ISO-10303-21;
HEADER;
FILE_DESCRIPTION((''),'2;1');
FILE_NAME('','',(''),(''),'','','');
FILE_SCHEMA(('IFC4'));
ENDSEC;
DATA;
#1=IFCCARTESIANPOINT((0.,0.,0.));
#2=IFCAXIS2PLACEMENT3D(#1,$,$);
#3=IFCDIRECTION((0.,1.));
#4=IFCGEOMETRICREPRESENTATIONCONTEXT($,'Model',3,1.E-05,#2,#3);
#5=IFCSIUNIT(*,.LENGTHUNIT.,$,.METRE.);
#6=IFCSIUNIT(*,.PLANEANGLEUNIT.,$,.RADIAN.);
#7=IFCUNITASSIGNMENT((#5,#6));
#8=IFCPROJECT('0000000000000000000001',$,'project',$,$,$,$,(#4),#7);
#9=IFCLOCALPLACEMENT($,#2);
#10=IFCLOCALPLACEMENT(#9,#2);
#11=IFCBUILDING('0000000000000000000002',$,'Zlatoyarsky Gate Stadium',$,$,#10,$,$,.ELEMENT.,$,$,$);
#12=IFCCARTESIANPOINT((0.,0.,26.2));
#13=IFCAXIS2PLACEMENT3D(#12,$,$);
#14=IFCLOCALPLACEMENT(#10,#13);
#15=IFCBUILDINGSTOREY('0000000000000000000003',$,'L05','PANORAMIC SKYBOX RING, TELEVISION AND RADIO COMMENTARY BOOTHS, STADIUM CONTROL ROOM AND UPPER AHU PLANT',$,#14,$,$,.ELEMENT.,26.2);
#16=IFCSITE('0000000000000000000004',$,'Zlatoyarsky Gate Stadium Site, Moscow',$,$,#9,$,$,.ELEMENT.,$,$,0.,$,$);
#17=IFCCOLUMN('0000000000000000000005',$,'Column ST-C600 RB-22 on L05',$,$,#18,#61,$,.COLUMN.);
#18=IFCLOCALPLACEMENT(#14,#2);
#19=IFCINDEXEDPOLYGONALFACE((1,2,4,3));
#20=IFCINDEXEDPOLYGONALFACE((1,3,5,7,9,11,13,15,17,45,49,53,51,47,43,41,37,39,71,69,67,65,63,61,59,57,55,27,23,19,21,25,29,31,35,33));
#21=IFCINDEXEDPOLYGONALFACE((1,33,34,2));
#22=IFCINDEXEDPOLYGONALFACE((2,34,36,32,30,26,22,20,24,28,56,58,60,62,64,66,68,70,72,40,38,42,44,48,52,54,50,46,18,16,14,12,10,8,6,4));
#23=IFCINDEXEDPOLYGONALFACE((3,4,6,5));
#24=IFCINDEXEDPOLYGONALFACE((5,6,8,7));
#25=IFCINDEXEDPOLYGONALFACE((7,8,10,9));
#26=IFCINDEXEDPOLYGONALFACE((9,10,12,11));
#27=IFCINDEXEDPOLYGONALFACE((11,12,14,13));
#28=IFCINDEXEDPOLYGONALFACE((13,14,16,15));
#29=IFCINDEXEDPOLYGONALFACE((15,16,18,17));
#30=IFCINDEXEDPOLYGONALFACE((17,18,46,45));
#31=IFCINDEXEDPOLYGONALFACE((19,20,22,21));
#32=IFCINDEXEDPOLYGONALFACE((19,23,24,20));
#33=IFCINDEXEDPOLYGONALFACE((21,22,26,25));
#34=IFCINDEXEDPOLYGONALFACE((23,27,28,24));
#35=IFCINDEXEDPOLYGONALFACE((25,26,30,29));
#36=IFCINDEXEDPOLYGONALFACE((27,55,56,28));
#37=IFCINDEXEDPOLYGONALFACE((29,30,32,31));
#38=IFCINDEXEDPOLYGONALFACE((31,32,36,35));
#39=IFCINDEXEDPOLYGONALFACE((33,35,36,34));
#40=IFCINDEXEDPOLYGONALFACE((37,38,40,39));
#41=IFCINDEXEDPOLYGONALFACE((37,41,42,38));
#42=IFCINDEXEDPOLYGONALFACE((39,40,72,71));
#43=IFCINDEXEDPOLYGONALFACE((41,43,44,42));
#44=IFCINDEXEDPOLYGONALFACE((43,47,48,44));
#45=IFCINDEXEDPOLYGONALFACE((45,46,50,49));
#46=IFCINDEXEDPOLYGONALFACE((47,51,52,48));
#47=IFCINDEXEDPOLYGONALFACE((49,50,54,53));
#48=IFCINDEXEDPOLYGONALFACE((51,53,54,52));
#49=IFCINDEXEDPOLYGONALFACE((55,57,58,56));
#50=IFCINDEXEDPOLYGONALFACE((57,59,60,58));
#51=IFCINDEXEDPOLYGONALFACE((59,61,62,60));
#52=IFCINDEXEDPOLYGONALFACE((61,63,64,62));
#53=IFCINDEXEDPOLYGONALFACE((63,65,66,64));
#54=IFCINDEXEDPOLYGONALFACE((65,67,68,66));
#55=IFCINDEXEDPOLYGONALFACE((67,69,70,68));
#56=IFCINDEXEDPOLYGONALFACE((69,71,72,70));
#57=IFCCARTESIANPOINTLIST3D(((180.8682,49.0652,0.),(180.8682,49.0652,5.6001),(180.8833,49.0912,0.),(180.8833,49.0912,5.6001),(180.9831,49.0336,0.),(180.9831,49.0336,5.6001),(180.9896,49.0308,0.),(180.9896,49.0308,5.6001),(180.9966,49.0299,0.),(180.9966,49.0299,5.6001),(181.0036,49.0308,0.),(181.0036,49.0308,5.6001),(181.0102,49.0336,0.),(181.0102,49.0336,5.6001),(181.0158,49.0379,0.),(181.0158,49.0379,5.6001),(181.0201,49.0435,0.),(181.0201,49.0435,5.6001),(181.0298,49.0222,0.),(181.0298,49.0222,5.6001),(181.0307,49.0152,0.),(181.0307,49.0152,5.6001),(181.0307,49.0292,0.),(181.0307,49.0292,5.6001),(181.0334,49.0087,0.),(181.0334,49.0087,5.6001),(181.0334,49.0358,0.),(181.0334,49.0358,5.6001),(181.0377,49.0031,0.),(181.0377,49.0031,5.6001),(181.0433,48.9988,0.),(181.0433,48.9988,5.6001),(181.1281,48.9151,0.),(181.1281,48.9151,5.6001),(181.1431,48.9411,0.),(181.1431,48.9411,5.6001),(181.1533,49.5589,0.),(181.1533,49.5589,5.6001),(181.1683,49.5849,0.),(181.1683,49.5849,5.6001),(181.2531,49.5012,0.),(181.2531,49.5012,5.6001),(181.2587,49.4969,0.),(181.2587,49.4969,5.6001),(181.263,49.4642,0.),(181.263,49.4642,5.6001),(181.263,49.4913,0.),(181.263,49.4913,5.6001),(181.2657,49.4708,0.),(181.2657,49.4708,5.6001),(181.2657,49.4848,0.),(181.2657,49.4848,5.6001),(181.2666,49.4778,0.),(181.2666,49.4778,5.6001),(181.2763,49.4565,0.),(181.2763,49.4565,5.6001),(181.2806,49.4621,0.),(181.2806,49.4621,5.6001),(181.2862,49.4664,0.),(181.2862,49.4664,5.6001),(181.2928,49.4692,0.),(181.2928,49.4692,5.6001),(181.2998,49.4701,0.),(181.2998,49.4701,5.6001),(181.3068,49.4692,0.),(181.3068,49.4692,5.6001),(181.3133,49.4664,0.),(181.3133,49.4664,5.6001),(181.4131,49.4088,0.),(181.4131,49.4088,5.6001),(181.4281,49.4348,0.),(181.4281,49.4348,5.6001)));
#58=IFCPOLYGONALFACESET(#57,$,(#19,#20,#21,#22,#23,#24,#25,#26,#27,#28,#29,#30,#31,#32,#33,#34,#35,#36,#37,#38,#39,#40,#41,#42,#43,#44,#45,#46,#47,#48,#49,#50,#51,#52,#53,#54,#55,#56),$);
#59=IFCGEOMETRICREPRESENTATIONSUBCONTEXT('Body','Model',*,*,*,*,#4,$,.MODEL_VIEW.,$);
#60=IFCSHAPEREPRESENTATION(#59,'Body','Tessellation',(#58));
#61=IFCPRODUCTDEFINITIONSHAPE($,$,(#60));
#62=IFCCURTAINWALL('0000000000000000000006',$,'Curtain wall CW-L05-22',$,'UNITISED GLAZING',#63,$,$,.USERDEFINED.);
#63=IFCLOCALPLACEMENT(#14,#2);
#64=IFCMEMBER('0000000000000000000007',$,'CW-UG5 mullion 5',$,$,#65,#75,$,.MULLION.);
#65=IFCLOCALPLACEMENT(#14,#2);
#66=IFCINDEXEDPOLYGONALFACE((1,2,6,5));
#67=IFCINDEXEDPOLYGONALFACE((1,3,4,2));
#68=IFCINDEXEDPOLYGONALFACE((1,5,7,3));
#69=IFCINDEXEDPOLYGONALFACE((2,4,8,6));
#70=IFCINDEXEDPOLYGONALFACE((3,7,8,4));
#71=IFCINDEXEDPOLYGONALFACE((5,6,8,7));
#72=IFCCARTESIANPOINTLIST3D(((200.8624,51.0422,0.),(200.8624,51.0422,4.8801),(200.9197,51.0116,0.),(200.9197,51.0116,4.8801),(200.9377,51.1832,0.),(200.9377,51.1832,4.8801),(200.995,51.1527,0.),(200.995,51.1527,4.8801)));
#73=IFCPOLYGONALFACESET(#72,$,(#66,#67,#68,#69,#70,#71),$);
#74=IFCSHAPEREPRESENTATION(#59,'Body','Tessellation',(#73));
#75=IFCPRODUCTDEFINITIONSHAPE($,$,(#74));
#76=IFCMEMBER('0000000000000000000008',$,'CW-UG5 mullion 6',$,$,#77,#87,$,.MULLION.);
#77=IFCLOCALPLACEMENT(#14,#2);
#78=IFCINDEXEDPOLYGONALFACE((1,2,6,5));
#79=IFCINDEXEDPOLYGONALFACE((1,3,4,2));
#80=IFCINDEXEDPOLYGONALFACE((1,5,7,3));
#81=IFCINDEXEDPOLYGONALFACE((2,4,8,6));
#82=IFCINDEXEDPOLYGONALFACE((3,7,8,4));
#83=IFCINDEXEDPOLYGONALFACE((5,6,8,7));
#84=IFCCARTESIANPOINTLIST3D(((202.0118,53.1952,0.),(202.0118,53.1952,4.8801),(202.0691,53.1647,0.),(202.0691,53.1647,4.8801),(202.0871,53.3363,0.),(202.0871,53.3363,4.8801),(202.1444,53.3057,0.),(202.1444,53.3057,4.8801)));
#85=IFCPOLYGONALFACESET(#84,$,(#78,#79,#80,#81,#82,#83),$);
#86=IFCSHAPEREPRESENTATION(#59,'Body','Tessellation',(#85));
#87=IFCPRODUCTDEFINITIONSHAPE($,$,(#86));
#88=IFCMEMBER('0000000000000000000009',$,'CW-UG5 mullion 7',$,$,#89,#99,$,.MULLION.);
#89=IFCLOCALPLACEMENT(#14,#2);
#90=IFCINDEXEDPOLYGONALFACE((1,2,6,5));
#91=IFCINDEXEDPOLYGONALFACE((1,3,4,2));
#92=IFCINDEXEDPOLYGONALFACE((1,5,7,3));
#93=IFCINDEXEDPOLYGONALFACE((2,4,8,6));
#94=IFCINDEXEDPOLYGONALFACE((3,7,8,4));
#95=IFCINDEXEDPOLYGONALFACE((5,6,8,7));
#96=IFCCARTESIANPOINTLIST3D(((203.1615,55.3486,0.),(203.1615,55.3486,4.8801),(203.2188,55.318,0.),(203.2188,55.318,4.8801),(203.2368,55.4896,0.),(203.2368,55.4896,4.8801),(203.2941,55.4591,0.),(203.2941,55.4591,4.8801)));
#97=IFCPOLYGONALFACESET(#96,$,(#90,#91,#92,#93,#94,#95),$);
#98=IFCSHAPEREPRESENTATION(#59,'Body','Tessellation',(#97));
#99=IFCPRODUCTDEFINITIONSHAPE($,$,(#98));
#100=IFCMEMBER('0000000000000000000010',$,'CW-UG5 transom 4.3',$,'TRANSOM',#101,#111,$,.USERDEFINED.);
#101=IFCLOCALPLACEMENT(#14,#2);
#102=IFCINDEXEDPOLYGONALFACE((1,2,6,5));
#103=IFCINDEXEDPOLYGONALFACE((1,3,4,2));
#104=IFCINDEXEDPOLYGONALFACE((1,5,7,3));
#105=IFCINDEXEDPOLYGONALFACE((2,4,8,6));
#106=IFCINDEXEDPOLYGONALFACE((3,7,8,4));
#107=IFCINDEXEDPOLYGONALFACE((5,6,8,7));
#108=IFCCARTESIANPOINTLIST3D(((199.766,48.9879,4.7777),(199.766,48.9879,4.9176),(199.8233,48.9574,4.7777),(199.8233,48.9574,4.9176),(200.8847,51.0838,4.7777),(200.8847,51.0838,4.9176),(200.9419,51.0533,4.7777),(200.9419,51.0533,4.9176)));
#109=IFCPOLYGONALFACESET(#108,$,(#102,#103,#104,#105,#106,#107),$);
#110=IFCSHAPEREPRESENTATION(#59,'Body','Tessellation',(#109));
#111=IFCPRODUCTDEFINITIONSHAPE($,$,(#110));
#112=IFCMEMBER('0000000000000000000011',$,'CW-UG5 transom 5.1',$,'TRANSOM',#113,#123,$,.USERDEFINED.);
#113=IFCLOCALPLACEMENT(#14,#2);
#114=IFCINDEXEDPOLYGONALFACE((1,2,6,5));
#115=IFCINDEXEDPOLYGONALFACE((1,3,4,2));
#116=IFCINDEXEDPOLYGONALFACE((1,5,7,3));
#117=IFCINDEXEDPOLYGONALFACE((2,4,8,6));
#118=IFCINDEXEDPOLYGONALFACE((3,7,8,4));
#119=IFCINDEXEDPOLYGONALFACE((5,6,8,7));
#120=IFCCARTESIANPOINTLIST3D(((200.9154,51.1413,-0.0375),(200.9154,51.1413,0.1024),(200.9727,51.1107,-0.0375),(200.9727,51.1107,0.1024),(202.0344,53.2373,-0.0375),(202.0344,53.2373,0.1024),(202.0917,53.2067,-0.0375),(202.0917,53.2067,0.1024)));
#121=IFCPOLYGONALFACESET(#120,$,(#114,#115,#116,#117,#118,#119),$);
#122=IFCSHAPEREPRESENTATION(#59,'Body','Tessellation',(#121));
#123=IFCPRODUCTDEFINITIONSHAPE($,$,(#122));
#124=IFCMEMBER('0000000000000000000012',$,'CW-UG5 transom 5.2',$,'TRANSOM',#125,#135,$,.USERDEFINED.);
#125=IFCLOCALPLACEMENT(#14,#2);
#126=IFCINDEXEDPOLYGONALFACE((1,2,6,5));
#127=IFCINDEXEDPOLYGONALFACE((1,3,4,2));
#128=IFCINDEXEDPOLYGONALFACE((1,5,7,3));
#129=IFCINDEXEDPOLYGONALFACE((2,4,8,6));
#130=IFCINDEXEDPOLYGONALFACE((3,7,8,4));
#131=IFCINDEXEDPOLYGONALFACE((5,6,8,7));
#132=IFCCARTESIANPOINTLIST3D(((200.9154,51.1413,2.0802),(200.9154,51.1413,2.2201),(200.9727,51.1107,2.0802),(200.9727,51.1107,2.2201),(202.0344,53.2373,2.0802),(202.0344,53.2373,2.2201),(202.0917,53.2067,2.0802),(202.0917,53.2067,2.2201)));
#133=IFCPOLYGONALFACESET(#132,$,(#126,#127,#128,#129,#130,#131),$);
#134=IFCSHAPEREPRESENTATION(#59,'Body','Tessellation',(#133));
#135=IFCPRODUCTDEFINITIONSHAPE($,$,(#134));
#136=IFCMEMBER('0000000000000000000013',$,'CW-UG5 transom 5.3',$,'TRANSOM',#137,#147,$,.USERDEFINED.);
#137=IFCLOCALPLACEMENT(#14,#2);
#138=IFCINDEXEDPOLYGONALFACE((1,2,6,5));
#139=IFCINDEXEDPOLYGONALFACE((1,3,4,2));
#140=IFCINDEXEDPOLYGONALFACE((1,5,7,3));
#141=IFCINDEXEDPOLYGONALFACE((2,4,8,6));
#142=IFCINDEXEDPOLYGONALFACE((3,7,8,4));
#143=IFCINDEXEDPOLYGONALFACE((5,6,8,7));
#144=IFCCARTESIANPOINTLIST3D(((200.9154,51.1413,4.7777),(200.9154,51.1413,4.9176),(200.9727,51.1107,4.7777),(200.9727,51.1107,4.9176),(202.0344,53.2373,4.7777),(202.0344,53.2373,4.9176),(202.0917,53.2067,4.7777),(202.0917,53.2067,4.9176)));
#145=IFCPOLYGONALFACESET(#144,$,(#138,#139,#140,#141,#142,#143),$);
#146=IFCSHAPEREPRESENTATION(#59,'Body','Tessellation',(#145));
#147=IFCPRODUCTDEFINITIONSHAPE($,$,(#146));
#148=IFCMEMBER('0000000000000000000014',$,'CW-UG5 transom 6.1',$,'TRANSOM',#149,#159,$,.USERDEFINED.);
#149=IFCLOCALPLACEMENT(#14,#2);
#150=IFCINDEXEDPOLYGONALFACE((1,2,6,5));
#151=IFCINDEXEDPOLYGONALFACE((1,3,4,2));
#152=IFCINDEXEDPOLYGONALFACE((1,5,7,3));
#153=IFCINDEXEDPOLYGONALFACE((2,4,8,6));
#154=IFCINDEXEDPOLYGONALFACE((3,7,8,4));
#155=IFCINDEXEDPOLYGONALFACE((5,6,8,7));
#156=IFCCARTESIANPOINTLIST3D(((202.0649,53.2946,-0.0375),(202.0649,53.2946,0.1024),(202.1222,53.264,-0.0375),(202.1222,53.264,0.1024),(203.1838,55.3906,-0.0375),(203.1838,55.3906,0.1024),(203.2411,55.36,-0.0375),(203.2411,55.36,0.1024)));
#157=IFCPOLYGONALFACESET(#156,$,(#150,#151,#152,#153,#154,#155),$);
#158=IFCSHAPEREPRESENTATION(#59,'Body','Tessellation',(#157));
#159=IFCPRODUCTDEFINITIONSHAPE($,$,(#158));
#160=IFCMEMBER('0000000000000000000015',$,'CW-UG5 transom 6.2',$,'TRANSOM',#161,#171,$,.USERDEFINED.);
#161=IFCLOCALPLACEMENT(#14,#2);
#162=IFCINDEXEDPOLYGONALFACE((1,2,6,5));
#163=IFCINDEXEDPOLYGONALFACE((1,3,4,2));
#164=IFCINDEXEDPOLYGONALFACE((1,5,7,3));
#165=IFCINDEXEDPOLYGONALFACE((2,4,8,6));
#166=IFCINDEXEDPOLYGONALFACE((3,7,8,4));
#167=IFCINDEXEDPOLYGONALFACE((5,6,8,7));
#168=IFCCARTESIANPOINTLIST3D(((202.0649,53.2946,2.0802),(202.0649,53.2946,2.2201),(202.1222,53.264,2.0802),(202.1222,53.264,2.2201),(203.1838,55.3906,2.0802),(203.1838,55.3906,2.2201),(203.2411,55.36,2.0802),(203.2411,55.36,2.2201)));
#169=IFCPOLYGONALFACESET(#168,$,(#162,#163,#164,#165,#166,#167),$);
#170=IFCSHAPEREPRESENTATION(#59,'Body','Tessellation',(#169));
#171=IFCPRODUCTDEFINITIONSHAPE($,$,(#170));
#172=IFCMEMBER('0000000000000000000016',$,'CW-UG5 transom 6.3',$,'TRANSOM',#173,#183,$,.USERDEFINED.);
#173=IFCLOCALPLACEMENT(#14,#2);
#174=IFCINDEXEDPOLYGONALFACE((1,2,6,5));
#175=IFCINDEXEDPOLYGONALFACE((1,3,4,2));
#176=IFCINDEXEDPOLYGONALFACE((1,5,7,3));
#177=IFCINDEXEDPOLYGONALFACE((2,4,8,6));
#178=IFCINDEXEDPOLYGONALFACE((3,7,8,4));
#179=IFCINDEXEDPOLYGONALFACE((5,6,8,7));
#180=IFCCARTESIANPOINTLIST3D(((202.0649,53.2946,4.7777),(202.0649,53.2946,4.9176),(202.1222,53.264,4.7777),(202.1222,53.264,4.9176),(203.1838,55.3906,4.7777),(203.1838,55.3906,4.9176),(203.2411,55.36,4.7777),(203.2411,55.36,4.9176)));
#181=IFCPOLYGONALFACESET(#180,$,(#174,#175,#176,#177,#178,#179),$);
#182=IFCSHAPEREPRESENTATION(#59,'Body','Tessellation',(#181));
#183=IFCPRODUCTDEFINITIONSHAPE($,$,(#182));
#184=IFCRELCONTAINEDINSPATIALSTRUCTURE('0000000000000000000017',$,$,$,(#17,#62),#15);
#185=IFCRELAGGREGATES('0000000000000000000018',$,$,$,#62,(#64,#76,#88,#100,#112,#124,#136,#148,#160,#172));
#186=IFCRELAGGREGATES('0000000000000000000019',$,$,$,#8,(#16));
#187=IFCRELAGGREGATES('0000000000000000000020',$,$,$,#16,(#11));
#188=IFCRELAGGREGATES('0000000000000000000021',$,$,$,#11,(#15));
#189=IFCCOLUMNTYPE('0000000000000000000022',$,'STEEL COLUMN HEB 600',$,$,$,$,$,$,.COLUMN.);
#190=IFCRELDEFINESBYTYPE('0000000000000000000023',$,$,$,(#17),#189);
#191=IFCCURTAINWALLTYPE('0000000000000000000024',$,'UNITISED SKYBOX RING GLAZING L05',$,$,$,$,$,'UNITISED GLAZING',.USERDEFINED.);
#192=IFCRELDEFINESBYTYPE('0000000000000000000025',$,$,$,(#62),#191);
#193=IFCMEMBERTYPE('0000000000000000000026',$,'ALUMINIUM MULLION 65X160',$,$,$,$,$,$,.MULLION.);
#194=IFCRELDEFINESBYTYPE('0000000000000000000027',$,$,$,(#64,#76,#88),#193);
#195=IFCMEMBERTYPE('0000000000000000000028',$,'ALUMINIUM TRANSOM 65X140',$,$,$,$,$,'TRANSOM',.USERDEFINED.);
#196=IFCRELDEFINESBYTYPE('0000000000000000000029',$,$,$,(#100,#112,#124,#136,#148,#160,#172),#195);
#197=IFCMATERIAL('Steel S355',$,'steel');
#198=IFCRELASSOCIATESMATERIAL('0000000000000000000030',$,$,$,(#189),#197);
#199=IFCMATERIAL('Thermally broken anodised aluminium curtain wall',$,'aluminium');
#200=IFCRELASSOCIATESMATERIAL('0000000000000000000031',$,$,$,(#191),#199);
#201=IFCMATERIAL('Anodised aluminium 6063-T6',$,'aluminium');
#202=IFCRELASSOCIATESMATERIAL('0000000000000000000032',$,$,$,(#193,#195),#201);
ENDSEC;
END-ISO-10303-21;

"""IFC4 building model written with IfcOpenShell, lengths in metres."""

from ifc_helpers import new_model, si_unit, direction, frame, origin, origin_2d, place, context, subcontext, project, spatial, rectangle, i_section, extrude, material, material_profile, profile_set, type_object, element, aggregate, save


model = new_model("IFC4")

# Units and contexts
model_context = context("Model", 3, precision=1e-05, world=origin(), true_north=direction((0.0, 1.0)))
body_context = subcontext(model_context, "Body", "Model", "MODEL_VIEW")
ifc_project = project(units=[si_unit("LENGTHUNIT", "METRE"), si_unit("PLANEANGLEUNIT", "RADIAN")], contexts=[model_context])

# Site, building, storey
site_placement = place(None, origin())
site = spatial("IfcSite", under=ifc_project, at=site_placement, Name="Zlatoyarsky Gate Stadium Site, Moscow", CompositionType="ELEMENT", RefElevation=0.0)
building_placement = place(site_placement, origin())
building = spatial("IfcBuilding", under=site, at=building_placement, Name="Zlatoyarsky Gate Stadium", CompositionType="ELEMENT")
storey_placement = place(building_placement, frame((0.0, 0.0, 26.2)))
storey = spatial("IfcBuildingStorey", under=building, at=storey_placement, Name="L05", Description="PANORAMIC SKYBOX RING, TELEVISION AND RADIO COMMENTARY BOOTHS, STADIUM CONTROL ROOM AND UPPER AHU PLANT", CompositionType="ELEMENT", Elevation=26.2)

# Column
ifc_material_1 = material(Name="Steel S355", Category="steel")
ifc_material_profile_1 = material_profile(ifc_material_1, i_section(OverallWidth=0.3, OverallDepth=0.6001, WebThickness=0.0154, FlangeThickness=0.03, FilletRadius=0.0271, at=origin_2d()), Name="HEB 600")
ifc_profile_set_1 = profile_set([ifc_material_profile_1], Name="Steel S355")
column_type = type_object("IfcColumnType", Name="STEEL COLUMN HEB 600", PredefinedType="COLUMN", material=ifc_profile_set_1)
column_placement = place(storey_placement, frame((181.1482, 49.25, 0.0), z_axis=(0.0, 0.0, 1.0), x_axis=(0.866025, -0.5, 0.0)))
element("IfcColumn", 1, at=column_placement, inside=storey, type_object=column_type, Name="Column ST-C600 RB-22 on L05", PredefinedType="COLUMN", context=body_context, shape_type="SweptSolid", body=[
    extrude(i_section(OverallWidth=0.3, OverallDepth=0.6001, WebThickness=0.0154, FlangeThickness=0.03, FilletRadius=0.0271, at=origin_2d()), origin(), (0.0, 0.0, 1.0), 5.6001),
])

# Curtain wall, members
ifc_material_2 = material(Name="Thermally broken anodised aluminium curtain wall", Category="aluminium")
curtain_wall_type = type_object("IfcCurtainWallType", Name="UNITISED SKYBOX RING GLAZING L05", ElementType="UNITISED GLAZING", PredefinedType="USERDEFINED", material=ifc_material_2)
curtain_wall_placement = place(storey_placement, origin())
curtain_wall = element("IfcCurtainWall", 2, at=curtain_wall_placement, inside=storey, type_object=curtain_wall_type, Name="Curtain wall CW-L05-22", ObjectType="UNITISED GLAZING", PredefinedType="USERDEFINED")
ifc_material_3 = material(Name="Anodised aluminium 6063-T6", Category="aluminium")
ifc_material_profile_2 = material_profile(ifc_material_3, rectangle(XDim=0.0649, YDim=0.1599, at=origin_2d()), Name="ALU 65X160")
ifc_profile_set_2 = profile_set([ifc_material_profile_2], Name="Anodised aluminium 6063-T6")
member_type_1 = type_object("IfcMemberType", Name="ALUMINIUM MULLION 65X160", PredefinedType="MULLION", material=ifc_profile_set_2)
member_1_placement = place(storey_placement, frame((200.9287, 51.0974, 0.0), z_axis=(0.0, 0.0, 1.0), x_axis=(-0.882168, 0.470935, 0.0)))
member_1 = element("IfcMember", 3, at=member_1_placement, type_object=member_type_1, Name="CW-UG5 mullion 5", PredefinedType="MULLION", context=body_context, shape_type="SweptSolid", body=[
    extrude(rectangle(XDim=0.0649, YDim=0.1599, at=origin_2d()), origin(), (0.0, 0.0, 1.0), 4.8801),
])
member_2_placement = place(storey_placement, frame((202.0781, 53.2505, 0.0), z_axis=(0.0, 0.0, 1.0), x_axis=(-0.882168, 0.470935, 0.0)))
member_2 = element("IfcMember", 4, at=member_2_placement, type_object=member_type_1, Name="CW-UG5 mullion 6", PredefinedType="MULLION", context=body_context, shape_type="SweptSolid", body=[
    extrude(rectangle(XDim=0.0649, YDim=0.1599, at=origin_2d()), origin(), (0.0, 0.0, 1.0), 4.8801),
])
member_3_placement = place(storey_placement, frame((203.2278, 55.4038, 0.0), z_axis=(0.0, 0.0, 1.0), x_axis=(-0.882168, 0.470935, 0.0)))
member_3 = element("IfcMember", 5, at=member_3_placement, type_object=member_type_1, Name="CW-UG5 mullion 7", PredefinedType="MULLION", context=body_context, shape_type="SweptSolid", body=[
    extrude(rectangle(XDim=0.0649, YDim=0.1599, at=origin_2d()), origin(), (0.0, 0.0, 1.0), 4.8801),
])
ifc_material_profile_3 = material_profile(ifc_material_3, rectangle(XDim=0.0649, YDim=0.1399, at=origin_2d()), Name="ALU 65X140")
ifc_profile_set_3 = profile_set([ifc_material_profile_3], Name="Anodised aluminium 6063-T6")
member_type_2 = type_object("IfcMemberType", Name="ALUMINIUM TRANSOM 65X140", ElementType="TRANSOM", PredefinedType="USERDEFINED", material=ifc_profile_set_3)
member_4_placement = place(storey_placement, frame((199.7947, 48.9727, 4.8477), z_axis=(0.470855, 0.882211, 0.0), x_axis=(-0.882211, 0.470855, 0.0)))
member_4 = element("IfcMember", 6, at=member_4_placement, type_object=member_type_2, Name="CW-UG5 transom 4.3", ObjectType="TRANSOM", PredefinedType="USERDEFINED", context=body_context, shape_type="SweptSolid", body=[
    extrude(rectangle(XDim=0.0649, YDim=0.1399, at=origin_2d()), origin(), (0.0, 0.0, 1.0), 2.3757),
])
member_5_placement = place(storey_placement, frame((200.9441, 51.126, 0.0325), z_axis=(0.470935, 0.882168, 0.0), x_axis=(-0.882168, 0.470935, 0.0)))
member_5 = element("IfcMember", 7, at=member_5_placement, type_object=member_type_2, Name="CW-UG5 transom 5.1", ObjectType="TRANSOM", PredefinedType="USERDEFINED", context=body_context, shape_type="SweptSolid", body=[
    extrude(rectangle(XDim=0.0649, YDim=0.1399, at=origin_2d()), origin(), (0.0, 0.0, 1.0), 2.376),
])
member_6_placement = place(storey_placement, frame((200.9441, 51.126, 2.1501), z_axis=(0.470935, 0.882168, 0.0), x_axis=(-0.882168, 0.470935, 0.0)))
member_6 = element("IfcMember", 8, at=member_6_placement, type_object=member_type_2, Name="CW-UG5 transom 5.2", ObjectType="TRANSOM", PredefinedType="USERDEFINED", context=body_context, shape_type="SweptSolid", body=[
    extrude(rectangle(XDim=0.0649, YDim=0.1399, at=origin_2d()), origin(), (0.0, 0.0, 1.0), 2.376),
])
member_7_placement = place(storey_placement, frame((200.9441, 51.126, 4.8477), z_axis=(0.470935, 0.882168, 0.0), x_axis=(-0.882168, 0.470935, 0.0)))
member_7 = element("IfcMember", 9, at=member_7_placement, type_object=member_type_2, Name="CW-UG5 transom 5.3", ObjectType="TRANSOM", PredefinedType="USERDEFINED", context=body_context, shape_type="SweptSolid", body=[
    extrude(rectangle(XDim=0.0649, YDim=0.1399, at=origin_2d()), origin(), (0.0, 0.0, 1.0), 2.376),
])
member_8_placement = place(storey_placement, frame((202.0935, 53.2793, 0.0325), z_axis=(0.470935, 0.882168, 0.0), x_axis=(-0.882168, 0.470935, 0.0)))
member_8 = element("IfcMember", 10, at=member_8_placement, type_object=member_type_2, Name="CW-UG5 transom 6.1", ObjectType="TRANSOM", PredefinedType="USERDEFINED", context=body_context, shape_type="SweptSolid", body=[
    extrude(rectangle(XDim=0.0649, YDim=0.1399, at=origin_2d()), origin(), (0.0, 0.0, 1.0), 2.376),
])
member_9_placement = place(storey_placement, frame((202.0935, 53.2793, 2.1501), z_axis=(0.470935, 0.882168, 0.0), x_axis=(-0.882168, 0.470935, 0.0)))
member_9 = element("IfcMember", 11, at=member_9_placement, type_object=member_type_2, Name="CW-UG5 transom 6.2", ObjectType="TRANSOM", PredefinedType="USERDEFINED", context=body_context, shape_type="SweptSolid", body=[
    extrude(rectangle(XDim=0.0649, YDim=0.1399, at=origin_2d()), origin(), (0.0, 0.0, 1.0), 2.376),
])
member_10_placement = place(storey_placement, frame((202.0935, 53.2793, 4.8477), z_axis=(0.470935, 0.882168, 0.0), x_axis=(-0.882168, 0.470935, 0.0)))
member_10 = element("IfcMember", 12, at=member_10_placement, type_object=member_type_2, Name="CW-UG5 transom 6.3", ObjectType="TRANSOM", PredefinedType="USERDEFINED", context=body_context, shape_type="SweptSolid", body=[
    extrude(rectangle(XDim=0.0649, YDim=0.1399, at=origin_2d()), origin(), (0.0, 0.0, 1.0), 2.376),
])

aggregate(curtain_wall, [member_1, member_2, member_3, member_4, member_5, member_6, member_7, member_8, member_9, member_10])

save(model, "model.ifc")
